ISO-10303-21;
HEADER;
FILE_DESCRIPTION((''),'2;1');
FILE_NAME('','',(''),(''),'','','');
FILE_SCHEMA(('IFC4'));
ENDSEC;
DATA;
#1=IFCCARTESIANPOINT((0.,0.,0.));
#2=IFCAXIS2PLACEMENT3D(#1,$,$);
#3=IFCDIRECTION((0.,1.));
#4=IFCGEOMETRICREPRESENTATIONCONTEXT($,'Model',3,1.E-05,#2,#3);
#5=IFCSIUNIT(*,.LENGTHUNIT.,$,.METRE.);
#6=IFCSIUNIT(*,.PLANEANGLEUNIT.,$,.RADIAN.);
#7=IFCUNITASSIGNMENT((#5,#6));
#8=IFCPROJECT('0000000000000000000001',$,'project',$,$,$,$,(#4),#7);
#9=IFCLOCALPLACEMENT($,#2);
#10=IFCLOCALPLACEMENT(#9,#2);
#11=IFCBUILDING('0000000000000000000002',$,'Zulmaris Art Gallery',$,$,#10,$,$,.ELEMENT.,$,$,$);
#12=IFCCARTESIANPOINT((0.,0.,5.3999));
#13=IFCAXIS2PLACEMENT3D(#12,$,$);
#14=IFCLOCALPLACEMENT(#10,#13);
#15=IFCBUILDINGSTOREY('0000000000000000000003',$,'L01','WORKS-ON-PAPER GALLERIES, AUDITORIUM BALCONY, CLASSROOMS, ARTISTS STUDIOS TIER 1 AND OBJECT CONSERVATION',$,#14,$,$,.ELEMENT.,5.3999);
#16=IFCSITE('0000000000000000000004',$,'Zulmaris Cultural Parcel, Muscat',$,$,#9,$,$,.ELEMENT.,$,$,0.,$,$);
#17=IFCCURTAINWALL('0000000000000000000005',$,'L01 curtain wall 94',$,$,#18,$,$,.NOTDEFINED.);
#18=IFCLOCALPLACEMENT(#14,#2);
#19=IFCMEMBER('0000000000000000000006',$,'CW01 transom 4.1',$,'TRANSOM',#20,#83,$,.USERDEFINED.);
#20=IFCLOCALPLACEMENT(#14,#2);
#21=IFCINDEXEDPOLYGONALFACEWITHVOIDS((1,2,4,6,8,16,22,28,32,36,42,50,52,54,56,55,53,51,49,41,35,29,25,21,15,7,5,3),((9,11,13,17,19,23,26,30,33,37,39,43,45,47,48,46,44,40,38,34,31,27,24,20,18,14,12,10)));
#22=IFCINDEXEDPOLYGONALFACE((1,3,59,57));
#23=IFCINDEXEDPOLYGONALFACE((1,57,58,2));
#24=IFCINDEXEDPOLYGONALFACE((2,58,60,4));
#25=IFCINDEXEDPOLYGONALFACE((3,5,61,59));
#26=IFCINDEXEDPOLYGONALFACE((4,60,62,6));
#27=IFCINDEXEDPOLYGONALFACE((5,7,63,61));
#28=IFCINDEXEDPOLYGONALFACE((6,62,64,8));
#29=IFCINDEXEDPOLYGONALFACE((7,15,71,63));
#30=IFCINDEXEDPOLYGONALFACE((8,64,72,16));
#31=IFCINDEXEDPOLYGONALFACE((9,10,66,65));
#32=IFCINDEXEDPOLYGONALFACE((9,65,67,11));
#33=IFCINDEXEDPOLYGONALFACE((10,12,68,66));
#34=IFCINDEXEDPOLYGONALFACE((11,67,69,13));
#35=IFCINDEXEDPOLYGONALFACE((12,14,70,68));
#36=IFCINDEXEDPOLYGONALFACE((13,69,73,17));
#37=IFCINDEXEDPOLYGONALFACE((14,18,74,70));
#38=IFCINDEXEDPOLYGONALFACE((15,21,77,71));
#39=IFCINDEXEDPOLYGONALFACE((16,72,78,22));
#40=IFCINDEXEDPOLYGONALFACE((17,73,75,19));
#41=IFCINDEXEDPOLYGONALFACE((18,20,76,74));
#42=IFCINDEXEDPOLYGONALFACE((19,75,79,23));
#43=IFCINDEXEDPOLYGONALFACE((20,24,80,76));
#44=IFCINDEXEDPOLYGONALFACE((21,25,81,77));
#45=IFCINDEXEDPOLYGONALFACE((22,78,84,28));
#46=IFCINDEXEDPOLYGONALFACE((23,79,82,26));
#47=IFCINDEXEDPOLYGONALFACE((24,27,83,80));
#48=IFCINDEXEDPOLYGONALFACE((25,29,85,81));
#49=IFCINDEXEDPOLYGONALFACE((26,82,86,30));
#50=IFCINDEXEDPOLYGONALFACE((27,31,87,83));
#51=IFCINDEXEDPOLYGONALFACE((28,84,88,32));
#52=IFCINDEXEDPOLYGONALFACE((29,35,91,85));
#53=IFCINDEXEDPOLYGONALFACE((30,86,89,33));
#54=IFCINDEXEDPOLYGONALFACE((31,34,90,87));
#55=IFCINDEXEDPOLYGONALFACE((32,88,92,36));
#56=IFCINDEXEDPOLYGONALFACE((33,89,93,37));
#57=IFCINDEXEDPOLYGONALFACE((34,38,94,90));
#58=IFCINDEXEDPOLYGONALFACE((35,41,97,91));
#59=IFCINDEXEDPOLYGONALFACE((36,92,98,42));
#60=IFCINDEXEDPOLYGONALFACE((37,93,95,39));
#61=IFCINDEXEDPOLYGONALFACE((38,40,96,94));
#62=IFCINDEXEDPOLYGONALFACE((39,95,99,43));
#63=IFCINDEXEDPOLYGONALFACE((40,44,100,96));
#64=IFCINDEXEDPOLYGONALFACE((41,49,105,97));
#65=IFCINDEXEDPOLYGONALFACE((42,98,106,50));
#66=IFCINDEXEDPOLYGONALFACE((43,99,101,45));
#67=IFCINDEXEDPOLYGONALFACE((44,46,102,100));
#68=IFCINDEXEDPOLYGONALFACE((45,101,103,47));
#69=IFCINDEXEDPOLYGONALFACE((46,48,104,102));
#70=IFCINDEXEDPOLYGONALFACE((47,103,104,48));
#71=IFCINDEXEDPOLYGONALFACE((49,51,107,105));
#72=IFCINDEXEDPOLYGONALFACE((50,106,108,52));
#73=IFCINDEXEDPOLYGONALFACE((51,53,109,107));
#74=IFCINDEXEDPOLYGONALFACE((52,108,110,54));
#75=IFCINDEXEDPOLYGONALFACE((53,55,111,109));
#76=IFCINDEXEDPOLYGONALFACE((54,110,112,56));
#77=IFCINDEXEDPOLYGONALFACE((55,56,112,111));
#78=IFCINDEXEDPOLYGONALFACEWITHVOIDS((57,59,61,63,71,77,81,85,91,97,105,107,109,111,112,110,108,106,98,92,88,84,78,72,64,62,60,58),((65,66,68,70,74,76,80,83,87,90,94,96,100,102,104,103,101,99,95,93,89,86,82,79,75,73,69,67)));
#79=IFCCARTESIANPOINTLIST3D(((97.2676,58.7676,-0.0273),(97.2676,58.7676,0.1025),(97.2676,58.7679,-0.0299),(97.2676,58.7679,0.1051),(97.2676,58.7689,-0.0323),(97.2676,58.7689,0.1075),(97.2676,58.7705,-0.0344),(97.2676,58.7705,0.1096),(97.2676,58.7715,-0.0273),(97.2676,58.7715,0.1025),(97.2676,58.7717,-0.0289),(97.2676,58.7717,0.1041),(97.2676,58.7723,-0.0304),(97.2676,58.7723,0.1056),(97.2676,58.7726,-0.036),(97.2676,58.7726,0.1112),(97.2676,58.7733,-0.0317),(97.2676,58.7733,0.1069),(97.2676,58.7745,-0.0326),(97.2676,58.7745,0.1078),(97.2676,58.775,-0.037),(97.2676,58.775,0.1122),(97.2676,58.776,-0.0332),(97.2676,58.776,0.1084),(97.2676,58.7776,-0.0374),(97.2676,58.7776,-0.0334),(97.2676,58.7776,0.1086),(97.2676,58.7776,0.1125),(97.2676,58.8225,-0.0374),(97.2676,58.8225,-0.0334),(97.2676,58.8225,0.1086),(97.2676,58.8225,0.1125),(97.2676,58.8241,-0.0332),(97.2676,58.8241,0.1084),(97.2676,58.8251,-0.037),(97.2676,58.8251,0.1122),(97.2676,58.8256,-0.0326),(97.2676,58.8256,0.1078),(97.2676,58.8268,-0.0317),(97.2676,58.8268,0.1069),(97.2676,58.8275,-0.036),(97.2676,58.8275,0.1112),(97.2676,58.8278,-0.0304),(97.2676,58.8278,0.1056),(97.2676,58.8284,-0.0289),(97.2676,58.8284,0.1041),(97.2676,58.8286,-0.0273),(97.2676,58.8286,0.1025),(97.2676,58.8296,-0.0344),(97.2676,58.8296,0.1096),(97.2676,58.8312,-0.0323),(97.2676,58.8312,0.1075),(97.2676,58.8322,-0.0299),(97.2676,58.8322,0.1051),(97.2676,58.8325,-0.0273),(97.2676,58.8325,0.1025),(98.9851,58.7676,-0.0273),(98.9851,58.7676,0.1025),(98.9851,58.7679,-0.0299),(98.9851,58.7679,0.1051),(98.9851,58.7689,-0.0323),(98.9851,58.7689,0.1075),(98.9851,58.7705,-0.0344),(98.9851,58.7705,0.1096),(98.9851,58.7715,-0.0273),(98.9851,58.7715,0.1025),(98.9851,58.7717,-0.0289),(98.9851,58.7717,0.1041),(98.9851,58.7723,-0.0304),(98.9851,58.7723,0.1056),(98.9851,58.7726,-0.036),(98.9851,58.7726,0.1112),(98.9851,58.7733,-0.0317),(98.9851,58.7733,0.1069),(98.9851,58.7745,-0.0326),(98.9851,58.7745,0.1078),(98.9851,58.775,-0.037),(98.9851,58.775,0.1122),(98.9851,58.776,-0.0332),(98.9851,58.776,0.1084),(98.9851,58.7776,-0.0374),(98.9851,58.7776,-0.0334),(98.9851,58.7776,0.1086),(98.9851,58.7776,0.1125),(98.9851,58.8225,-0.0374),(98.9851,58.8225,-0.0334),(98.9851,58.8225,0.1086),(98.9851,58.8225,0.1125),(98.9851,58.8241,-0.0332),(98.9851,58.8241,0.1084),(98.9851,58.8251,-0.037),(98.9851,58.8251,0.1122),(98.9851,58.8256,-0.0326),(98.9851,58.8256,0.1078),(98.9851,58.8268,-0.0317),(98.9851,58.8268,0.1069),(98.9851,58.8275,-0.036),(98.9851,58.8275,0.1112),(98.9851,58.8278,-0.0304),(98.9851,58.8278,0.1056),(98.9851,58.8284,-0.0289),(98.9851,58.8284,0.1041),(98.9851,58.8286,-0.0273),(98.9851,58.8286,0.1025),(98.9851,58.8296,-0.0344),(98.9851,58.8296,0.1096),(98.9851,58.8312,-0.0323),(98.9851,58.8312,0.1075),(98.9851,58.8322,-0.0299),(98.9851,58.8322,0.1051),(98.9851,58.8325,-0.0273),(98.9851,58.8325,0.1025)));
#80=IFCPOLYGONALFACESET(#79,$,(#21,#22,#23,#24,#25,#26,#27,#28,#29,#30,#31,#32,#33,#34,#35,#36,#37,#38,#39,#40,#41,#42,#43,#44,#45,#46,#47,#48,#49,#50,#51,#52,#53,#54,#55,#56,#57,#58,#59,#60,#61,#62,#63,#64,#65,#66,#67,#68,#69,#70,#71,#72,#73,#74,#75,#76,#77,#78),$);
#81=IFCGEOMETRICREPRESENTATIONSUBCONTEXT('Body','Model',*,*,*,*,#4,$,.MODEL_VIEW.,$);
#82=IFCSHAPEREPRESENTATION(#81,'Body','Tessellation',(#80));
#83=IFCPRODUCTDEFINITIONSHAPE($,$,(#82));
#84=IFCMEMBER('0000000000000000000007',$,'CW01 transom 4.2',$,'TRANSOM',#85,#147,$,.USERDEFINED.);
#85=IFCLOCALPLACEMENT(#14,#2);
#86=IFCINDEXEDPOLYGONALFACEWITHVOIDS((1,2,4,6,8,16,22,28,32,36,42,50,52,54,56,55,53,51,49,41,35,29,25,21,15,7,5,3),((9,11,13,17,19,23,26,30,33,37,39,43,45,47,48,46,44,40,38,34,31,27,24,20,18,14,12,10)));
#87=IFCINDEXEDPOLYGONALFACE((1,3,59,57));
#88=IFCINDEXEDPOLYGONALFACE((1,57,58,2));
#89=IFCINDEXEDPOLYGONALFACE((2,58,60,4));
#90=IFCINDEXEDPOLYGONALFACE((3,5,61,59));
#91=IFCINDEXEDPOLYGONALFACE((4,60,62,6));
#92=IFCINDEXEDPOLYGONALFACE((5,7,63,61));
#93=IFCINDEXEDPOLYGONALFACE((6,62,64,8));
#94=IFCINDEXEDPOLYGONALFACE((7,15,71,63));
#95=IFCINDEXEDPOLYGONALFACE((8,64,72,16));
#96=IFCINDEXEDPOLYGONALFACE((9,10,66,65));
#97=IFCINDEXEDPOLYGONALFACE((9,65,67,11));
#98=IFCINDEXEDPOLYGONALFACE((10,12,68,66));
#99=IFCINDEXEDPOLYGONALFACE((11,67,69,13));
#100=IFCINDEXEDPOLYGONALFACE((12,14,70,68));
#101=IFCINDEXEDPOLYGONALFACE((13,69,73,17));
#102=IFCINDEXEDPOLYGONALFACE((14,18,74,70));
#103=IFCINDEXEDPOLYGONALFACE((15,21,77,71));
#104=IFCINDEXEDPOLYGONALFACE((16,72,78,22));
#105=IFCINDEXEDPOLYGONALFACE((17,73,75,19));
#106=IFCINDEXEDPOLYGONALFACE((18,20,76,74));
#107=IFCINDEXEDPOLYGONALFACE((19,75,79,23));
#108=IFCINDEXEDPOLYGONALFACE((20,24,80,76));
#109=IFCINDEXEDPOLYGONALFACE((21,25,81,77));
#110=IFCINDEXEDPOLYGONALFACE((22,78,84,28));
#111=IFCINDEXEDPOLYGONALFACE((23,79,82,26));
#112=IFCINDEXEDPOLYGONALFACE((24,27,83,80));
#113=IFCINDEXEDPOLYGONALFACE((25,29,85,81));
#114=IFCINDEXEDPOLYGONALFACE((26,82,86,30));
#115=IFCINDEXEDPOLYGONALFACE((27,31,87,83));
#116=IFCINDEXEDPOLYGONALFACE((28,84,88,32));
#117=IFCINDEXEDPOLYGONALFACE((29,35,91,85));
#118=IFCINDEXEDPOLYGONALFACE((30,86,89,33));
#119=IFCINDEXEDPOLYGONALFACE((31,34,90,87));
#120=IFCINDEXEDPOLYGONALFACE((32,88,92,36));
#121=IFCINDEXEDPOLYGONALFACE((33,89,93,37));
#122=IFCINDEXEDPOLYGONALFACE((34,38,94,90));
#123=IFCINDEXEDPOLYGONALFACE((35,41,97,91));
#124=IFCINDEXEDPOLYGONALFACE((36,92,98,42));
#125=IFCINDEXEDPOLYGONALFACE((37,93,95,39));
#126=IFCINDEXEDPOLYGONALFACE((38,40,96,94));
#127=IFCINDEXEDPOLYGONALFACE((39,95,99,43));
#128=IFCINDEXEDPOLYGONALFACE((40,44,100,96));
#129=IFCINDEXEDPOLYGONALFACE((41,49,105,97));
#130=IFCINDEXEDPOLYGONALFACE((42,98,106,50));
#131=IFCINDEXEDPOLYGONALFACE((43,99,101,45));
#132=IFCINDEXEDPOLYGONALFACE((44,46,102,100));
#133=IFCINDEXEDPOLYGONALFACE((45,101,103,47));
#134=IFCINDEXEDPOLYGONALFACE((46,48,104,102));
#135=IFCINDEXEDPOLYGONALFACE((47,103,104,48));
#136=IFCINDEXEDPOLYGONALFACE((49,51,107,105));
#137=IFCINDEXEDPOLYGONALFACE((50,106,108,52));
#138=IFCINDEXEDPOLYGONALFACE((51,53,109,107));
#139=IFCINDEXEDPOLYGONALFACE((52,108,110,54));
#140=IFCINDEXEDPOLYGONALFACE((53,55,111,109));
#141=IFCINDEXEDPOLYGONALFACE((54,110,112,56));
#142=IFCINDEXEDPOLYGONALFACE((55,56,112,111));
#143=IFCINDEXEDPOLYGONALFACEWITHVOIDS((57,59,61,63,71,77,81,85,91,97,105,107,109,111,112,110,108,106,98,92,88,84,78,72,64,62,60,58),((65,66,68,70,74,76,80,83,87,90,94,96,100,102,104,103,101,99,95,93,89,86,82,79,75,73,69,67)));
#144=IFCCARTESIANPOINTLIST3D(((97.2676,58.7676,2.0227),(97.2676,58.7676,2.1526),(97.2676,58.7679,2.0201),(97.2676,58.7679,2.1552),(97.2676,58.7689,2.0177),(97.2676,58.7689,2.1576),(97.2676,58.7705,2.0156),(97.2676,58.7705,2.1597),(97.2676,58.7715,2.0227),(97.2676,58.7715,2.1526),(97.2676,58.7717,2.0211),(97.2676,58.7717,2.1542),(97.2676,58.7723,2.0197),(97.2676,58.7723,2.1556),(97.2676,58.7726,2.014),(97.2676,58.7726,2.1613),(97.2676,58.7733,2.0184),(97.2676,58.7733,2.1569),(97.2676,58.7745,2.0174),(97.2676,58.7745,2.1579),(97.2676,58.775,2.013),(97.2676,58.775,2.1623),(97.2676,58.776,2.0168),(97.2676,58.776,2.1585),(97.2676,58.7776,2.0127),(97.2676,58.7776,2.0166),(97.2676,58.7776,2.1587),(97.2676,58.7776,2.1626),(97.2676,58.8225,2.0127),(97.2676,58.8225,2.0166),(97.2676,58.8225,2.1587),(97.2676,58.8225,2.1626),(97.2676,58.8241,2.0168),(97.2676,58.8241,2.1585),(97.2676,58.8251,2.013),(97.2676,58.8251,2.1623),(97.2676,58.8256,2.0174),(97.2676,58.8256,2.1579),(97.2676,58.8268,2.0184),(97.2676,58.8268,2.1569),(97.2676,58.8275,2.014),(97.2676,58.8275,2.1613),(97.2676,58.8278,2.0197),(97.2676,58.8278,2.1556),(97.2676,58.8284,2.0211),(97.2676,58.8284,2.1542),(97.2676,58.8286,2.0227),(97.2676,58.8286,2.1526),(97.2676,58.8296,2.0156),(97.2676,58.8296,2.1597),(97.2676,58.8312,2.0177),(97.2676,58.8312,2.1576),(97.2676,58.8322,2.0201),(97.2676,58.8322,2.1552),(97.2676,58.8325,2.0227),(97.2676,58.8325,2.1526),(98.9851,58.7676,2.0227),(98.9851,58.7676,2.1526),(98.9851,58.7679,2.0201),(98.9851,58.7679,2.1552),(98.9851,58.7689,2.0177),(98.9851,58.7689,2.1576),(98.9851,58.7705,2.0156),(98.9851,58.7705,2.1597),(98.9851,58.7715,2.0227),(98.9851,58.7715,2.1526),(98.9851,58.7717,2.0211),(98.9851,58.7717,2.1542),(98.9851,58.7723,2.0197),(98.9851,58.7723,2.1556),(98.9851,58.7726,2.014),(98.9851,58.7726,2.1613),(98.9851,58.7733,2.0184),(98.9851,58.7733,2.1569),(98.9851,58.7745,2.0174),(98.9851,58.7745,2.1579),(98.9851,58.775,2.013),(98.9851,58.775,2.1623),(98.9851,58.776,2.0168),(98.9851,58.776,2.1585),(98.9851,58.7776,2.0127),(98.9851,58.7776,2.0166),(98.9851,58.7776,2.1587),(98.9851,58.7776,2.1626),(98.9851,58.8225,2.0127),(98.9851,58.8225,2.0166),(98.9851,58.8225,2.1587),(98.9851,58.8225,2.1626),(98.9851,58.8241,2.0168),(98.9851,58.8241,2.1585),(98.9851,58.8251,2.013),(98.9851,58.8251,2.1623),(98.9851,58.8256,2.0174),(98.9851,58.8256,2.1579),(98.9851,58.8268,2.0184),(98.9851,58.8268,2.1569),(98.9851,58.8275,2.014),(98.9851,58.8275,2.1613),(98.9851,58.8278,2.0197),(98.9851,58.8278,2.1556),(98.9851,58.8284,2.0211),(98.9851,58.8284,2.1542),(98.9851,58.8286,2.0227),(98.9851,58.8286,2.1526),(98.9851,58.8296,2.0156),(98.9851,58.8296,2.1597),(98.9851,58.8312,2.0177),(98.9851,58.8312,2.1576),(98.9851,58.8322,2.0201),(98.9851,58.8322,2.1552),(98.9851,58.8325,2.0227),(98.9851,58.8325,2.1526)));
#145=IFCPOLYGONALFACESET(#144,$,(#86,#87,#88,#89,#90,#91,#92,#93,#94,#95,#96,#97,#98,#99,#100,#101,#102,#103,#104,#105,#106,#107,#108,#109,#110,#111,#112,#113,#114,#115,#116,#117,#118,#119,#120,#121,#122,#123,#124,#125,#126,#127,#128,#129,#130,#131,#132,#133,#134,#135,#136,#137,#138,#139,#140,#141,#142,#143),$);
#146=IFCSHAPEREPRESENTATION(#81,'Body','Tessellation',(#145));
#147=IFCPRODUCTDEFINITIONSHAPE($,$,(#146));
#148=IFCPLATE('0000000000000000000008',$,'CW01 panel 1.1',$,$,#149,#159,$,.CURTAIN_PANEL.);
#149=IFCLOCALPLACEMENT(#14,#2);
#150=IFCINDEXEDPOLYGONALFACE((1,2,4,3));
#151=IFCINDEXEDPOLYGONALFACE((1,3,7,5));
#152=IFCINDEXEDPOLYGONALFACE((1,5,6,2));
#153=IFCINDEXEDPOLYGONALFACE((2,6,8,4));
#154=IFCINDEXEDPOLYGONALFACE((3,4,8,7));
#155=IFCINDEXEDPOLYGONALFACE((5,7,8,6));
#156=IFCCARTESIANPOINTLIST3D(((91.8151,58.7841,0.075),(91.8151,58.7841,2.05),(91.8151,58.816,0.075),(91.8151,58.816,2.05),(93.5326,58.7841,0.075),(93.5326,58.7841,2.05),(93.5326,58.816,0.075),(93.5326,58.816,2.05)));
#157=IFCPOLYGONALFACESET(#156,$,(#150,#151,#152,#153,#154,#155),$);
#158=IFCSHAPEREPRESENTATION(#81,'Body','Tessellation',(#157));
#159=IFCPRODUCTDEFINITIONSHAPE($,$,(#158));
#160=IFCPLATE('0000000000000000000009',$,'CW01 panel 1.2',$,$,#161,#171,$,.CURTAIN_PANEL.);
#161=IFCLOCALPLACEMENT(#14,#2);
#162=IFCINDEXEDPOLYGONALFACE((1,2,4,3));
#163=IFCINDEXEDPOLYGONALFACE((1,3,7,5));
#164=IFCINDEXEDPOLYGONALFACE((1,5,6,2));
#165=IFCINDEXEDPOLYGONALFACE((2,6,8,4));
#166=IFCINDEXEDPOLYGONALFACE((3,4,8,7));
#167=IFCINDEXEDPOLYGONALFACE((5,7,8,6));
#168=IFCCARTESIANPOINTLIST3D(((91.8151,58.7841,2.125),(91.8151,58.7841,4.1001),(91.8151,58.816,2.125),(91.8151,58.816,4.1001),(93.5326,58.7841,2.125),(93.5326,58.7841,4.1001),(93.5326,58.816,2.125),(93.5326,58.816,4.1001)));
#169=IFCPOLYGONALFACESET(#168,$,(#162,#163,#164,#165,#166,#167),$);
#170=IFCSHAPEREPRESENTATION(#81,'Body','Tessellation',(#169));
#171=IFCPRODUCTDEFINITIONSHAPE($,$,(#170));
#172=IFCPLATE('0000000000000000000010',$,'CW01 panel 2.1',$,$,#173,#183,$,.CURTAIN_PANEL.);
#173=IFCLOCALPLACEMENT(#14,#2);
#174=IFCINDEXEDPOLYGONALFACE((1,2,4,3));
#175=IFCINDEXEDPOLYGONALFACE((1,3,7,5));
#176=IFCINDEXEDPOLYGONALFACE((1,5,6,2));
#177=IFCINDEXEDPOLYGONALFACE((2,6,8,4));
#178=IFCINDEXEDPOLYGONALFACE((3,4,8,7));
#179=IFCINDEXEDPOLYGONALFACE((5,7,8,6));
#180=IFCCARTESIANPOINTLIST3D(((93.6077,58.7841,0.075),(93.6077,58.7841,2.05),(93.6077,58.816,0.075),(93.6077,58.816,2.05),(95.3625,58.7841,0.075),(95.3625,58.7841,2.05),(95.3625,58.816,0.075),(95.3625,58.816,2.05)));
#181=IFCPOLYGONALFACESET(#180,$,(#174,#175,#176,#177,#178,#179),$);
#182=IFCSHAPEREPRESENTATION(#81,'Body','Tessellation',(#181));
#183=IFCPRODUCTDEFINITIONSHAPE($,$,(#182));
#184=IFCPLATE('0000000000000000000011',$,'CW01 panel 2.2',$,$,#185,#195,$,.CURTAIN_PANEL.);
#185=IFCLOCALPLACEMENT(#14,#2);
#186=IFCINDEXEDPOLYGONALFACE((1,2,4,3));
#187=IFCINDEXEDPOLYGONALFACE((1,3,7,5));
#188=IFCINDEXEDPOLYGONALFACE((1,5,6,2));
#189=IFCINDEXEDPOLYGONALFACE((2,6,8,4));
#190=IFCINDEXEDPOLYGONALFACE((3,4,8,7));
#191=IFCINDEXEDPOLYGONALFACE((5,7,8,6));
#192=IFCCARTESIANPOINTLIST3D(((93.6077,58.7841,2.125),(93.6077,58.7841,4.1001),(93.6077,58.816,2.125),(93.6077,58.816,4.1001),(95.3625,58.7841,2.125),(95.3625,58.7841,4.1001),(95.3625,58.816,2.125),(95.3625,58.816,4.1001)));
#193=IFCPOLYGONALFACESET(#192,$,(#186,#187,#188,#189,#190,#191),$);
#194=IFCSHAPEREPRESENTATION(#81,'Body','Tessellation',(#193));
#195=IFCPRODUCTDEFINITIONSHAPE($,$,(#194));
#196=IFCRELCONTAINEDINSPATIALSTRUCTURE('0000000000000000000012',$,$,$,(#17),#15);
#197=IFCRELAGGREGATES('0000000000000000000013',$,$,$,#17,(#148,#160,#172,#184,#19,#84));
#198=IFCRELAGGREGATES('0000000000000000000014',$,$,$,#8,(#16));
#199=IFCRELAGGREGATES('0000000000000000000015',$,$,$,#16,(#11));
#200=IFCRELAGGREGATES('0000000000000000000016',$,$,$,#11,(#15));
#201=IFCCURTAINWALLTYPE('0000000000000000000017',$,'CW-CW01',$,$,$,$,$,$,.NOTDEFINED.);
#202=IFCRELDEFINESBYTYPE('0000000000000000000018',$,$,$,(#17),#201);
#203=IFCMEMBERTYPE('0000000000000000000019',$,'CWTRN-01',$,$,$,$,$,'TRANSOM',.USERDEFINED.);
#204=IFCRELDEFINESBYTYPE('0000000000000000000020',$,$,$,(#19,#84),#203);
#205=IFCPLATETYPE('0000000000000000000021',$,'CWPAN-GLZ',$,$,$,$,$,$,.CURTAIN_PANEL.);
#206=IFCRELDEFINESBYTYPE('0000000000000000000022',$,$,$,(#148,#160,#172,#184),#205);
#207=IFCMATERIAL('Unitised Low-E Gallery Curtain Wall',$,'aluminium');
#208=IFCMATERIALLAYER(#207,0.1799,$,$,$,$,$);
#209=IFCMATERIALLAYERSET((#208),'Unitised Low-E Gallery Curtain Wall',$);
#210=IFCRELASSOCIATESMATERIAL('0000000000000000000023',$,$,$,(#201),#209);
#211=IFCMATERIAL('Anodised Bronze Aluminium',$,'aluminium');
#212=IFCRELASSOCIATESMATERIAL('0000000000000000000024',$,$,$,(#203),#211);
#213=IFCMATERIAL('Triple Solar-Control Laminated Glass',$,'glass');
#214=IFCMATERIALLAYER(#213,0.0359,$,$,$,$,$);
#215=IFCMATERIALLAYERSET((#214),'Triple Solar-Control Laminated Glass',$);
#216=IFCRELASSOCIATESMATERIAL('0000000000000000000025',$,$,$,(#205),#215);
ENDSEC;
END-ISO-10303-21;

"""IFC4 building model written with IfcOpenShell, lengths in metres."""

from ifc_helpers import new_model, si_unit, direction, frame, origin, origin_2d, place, context, subcontext, project, spatial, rectangle, hollow_rectangle, extrude, material, layer, layer_set, material_profile, profile_set, type_object, element, aggregate, save


model = new_model("IFC4")

# Units and contexts
model_context = context("Model", 3, precision=1e-05, world=origin(), true_north=direction((0.0, 1.0)))
body_context = subcontext(model_context, "Body", "Model", "MODEL_VIEW")
ifc_project = project(units=[si_unit("LENGTHUNIT", "METRE"), si_unit("PLANEANGLEUNIT", "RADIAN")], contexts=[model_context])

# Site, building, storey
site_placement = place(None, origin())
site = spatial("IfcSite", under=ifc_project, at=site_placement, Name="Zulmaris Cultural Parcel, Muscat", CompositionType="ELEMENT", RefElevation=0.0)
building_placement = place(site_placement, origin())
building = spatial("IfcBuilding", under=site, at=building_placement, Name="Zulmaris Art Gallery", CompositionType="ELEMENT")
storey_placement = place(building_placement, frame((0.0, 0.0, 5.3999)))
storey = spatial("IfcBuildingStorey", under=building, at=storey_placement, Name="L01", Description="WORKS-ON-PAPER GALLERIES, AUDITORIUM BALCONY, CLASSROOMS, ARTISTS STUDIOS TIER 1 AND OBJECT CONSERVATION", CompositionType="ELEMENT", Elevation=5.3999)

# Shared definitions
ifc_material_1 = material(Name="Anodised Bronze Aluminium", Category="aluminium")

# Curtain wall
ifc_material_2 = material(Name="Unitised Low-E Gallery Curtain Wall", Category="aluminium")
ifc_layer_1 = layer(ifc_material_2, 0.1799)
ifc_layer_set_1 = layer_set([ifc_layer_1], Name="Unitised Low-E Gallery Curtain Wall")
curtain_wall_type_1 = type_object("IfcCurtainWallType", Name="CW-CW01", PredefinedType="NOTDEFINED", material=ifc_layer_set_1)
curtain_wall_1_placement = place(storey_placement, origin())
curtain_wall_1 = element("IfcCurtainWall", 1, at=curtain_wall_1_placement, inside=storey, type_object=curtain_wall_type_1, Name="L01 curtain wall 94", PredefinedType="NOTDEFINED")

# Members
ifc_material_profile_1 = material_profile(ifc_material_1, hollow_rectangle(XDim=0.0649, YDim=0.1499, WallThickness=0.0039, InnerFilletRadius=0.0061, OuterFilletRadius=0.01, at=origin_2d()), Name="ALU 65x150x4")
ifc_profile_set_1 = profile_set([ifc_material_profile_1], Name="Anodised Bronze Aluminium")
member_type_1 = type_object("IfcMemberType", Name="CWTRN-01", ElementType="TRANSOM", PredefinedType="USERDEFINED", material=ifc_profile_set_1)
member_1_placement = place(storey_placement, frame((97.2676, 58.8, 0.0376), z_axis=(1.0, 0.0, 0.0), x_axis=(0.0, 1.0, 0.0)))
member_1 = element("IfcMember", 2, at=member_1_placement, type_object=member_type_1, Name="CW01 transom 4.1", ObjectType="TRANSOM", PredefinedType="USERDEFINED", context=body_context, shape_type="SweptSolid", body=[
    extrude(hollow_rectangle(XDim=0.0649, YDim=0.1499, WallThickness=0.0039, InnerFilletRadius=0.0061, OuterFilletRadius=0.01, at=origin_2d()), origin(), (0.0, 0.0, 1.0), 1.7175),
])
member_2_placement = place(storey_placement, frame((97.2676, 58.8, 2.0876), z_axis=(1.0, 0.0, 0.0), x_axis=(0.0, 1.0, 0.0)))
member_2 = element("IfcMember", 3, at=member_2_placement, type_object=member_type_1, Name="CW01 transom 4.2", ObjectType="TRANSOM", PredefinedType="USERDEFINED", context=body_context, shape_type="SweptSolid", body=[
    extrude(hollow_rectangle(XDim=0.0649, YDim=0.1499, WallThickness=0.0039, InnerFilletRadius=0.0061, OuterFilletRadius=0.01, at=origin_2d()), origin(), (0.0, 0.0, 1.0), 1.7175),
])

# Plates
ifc_material_3 = material(Name="Triple Solar-Control Laminated Glass", Category="glass")
ifc_layer_2 = layer(ifc_material_3, 0.0359)
ifc_layer_set_2 = layer_set([ifc_layer_2], Name="Triple Solar-Control Laminated Glass")
plate_type = type_object("IfcPlateType", Name="CWPAN-GLZ", PredefinedType="CURTAIN_PANEL", material=ifc_layer_set_2)
plate_1_placement = place(storey_placement, frame((92.6738, 58.8, 0.075), z_axis=(0.0, 0.0, 1.0), x_axis=(1.0, 0.0, 0.0)))
plate_1 = element("IfcPlate", 4, at=plate_1_placement, type_object=plate_type, Name="CW01 panel 1.1", PredefinedType="CURTAIN_PANEL", context=body_context, shape_type="SweptSolid", body=[
    extrude(rectangle(XDim=1.7175, YDim=0.032, at=origin_2d()), origin(), (0.0, 0.0, 1.0), 1.9751),
])
plate_2_placement = place(storey_placement, frame((92.6738, 58.8, 2.125), z_axis=(0.0, 0.0, 1.0), x_axis=(1.0, 0.0, 0.0)))
plate_2 = element("IfcPlate", 5, at=plate_2_placement, type_object=plate_type, Name="CW01 panel 1.2", PredefinedType="CURTAIN_PANEL", context=body_context, shape_type="SweptSolid", body=[
    extrude(rectangle(XDim=1.7175, YDim=0.032, at=origin_2d()), origin(), (0.0, 0.0, 1.0), 1.9751),
])
plate_3_placement = place(storey_placement, frame((94.4851, 58.8, 0.075), z_axis=(0.0, 0.0, 1.0), x_axis=(1.0, 0.0, 0.0)))
plate_3 = element("IfcPlate", 6, at=plate_3_placement, type_object=plate_type, Name="CW01 panel 2.1", PredefinedType="CURTAIN_PANEL", context=body_context, shape_type="SweptSolid", body=[
    extrude(rectangle(XDim=1.7549, YDim=0.032, at=origin_2d()), origin(), (0.0, 0.0, 1.0), 1.9751),
])
plate_4_placement = place(storey_placement, frame((94.4851, 58.8, 2.125), z_axis=(0.0, 0.0, 1.0), x_axis=(1.0, 0.0, 0.0)))
plate_4 = element("IfcPlate", 7, at=plate_4_placement, type_object=plate_type, Name="CW01 panel 2.2", PredefinedType="CURTAIN_PANEL", context=body_context, shape_type="SweptSolid", body=[
    extrude(rectangle(XDim=1.7549, YDim=0.032, at=origin_2d()), origin(), (0.0, 0.0, 1.0), 1.9751),
])
aggregate(curtain_wall_1, [plate_1, plate_2, plate_3, plate_4, member_1, member_2])

save(model, "model.ifc")
